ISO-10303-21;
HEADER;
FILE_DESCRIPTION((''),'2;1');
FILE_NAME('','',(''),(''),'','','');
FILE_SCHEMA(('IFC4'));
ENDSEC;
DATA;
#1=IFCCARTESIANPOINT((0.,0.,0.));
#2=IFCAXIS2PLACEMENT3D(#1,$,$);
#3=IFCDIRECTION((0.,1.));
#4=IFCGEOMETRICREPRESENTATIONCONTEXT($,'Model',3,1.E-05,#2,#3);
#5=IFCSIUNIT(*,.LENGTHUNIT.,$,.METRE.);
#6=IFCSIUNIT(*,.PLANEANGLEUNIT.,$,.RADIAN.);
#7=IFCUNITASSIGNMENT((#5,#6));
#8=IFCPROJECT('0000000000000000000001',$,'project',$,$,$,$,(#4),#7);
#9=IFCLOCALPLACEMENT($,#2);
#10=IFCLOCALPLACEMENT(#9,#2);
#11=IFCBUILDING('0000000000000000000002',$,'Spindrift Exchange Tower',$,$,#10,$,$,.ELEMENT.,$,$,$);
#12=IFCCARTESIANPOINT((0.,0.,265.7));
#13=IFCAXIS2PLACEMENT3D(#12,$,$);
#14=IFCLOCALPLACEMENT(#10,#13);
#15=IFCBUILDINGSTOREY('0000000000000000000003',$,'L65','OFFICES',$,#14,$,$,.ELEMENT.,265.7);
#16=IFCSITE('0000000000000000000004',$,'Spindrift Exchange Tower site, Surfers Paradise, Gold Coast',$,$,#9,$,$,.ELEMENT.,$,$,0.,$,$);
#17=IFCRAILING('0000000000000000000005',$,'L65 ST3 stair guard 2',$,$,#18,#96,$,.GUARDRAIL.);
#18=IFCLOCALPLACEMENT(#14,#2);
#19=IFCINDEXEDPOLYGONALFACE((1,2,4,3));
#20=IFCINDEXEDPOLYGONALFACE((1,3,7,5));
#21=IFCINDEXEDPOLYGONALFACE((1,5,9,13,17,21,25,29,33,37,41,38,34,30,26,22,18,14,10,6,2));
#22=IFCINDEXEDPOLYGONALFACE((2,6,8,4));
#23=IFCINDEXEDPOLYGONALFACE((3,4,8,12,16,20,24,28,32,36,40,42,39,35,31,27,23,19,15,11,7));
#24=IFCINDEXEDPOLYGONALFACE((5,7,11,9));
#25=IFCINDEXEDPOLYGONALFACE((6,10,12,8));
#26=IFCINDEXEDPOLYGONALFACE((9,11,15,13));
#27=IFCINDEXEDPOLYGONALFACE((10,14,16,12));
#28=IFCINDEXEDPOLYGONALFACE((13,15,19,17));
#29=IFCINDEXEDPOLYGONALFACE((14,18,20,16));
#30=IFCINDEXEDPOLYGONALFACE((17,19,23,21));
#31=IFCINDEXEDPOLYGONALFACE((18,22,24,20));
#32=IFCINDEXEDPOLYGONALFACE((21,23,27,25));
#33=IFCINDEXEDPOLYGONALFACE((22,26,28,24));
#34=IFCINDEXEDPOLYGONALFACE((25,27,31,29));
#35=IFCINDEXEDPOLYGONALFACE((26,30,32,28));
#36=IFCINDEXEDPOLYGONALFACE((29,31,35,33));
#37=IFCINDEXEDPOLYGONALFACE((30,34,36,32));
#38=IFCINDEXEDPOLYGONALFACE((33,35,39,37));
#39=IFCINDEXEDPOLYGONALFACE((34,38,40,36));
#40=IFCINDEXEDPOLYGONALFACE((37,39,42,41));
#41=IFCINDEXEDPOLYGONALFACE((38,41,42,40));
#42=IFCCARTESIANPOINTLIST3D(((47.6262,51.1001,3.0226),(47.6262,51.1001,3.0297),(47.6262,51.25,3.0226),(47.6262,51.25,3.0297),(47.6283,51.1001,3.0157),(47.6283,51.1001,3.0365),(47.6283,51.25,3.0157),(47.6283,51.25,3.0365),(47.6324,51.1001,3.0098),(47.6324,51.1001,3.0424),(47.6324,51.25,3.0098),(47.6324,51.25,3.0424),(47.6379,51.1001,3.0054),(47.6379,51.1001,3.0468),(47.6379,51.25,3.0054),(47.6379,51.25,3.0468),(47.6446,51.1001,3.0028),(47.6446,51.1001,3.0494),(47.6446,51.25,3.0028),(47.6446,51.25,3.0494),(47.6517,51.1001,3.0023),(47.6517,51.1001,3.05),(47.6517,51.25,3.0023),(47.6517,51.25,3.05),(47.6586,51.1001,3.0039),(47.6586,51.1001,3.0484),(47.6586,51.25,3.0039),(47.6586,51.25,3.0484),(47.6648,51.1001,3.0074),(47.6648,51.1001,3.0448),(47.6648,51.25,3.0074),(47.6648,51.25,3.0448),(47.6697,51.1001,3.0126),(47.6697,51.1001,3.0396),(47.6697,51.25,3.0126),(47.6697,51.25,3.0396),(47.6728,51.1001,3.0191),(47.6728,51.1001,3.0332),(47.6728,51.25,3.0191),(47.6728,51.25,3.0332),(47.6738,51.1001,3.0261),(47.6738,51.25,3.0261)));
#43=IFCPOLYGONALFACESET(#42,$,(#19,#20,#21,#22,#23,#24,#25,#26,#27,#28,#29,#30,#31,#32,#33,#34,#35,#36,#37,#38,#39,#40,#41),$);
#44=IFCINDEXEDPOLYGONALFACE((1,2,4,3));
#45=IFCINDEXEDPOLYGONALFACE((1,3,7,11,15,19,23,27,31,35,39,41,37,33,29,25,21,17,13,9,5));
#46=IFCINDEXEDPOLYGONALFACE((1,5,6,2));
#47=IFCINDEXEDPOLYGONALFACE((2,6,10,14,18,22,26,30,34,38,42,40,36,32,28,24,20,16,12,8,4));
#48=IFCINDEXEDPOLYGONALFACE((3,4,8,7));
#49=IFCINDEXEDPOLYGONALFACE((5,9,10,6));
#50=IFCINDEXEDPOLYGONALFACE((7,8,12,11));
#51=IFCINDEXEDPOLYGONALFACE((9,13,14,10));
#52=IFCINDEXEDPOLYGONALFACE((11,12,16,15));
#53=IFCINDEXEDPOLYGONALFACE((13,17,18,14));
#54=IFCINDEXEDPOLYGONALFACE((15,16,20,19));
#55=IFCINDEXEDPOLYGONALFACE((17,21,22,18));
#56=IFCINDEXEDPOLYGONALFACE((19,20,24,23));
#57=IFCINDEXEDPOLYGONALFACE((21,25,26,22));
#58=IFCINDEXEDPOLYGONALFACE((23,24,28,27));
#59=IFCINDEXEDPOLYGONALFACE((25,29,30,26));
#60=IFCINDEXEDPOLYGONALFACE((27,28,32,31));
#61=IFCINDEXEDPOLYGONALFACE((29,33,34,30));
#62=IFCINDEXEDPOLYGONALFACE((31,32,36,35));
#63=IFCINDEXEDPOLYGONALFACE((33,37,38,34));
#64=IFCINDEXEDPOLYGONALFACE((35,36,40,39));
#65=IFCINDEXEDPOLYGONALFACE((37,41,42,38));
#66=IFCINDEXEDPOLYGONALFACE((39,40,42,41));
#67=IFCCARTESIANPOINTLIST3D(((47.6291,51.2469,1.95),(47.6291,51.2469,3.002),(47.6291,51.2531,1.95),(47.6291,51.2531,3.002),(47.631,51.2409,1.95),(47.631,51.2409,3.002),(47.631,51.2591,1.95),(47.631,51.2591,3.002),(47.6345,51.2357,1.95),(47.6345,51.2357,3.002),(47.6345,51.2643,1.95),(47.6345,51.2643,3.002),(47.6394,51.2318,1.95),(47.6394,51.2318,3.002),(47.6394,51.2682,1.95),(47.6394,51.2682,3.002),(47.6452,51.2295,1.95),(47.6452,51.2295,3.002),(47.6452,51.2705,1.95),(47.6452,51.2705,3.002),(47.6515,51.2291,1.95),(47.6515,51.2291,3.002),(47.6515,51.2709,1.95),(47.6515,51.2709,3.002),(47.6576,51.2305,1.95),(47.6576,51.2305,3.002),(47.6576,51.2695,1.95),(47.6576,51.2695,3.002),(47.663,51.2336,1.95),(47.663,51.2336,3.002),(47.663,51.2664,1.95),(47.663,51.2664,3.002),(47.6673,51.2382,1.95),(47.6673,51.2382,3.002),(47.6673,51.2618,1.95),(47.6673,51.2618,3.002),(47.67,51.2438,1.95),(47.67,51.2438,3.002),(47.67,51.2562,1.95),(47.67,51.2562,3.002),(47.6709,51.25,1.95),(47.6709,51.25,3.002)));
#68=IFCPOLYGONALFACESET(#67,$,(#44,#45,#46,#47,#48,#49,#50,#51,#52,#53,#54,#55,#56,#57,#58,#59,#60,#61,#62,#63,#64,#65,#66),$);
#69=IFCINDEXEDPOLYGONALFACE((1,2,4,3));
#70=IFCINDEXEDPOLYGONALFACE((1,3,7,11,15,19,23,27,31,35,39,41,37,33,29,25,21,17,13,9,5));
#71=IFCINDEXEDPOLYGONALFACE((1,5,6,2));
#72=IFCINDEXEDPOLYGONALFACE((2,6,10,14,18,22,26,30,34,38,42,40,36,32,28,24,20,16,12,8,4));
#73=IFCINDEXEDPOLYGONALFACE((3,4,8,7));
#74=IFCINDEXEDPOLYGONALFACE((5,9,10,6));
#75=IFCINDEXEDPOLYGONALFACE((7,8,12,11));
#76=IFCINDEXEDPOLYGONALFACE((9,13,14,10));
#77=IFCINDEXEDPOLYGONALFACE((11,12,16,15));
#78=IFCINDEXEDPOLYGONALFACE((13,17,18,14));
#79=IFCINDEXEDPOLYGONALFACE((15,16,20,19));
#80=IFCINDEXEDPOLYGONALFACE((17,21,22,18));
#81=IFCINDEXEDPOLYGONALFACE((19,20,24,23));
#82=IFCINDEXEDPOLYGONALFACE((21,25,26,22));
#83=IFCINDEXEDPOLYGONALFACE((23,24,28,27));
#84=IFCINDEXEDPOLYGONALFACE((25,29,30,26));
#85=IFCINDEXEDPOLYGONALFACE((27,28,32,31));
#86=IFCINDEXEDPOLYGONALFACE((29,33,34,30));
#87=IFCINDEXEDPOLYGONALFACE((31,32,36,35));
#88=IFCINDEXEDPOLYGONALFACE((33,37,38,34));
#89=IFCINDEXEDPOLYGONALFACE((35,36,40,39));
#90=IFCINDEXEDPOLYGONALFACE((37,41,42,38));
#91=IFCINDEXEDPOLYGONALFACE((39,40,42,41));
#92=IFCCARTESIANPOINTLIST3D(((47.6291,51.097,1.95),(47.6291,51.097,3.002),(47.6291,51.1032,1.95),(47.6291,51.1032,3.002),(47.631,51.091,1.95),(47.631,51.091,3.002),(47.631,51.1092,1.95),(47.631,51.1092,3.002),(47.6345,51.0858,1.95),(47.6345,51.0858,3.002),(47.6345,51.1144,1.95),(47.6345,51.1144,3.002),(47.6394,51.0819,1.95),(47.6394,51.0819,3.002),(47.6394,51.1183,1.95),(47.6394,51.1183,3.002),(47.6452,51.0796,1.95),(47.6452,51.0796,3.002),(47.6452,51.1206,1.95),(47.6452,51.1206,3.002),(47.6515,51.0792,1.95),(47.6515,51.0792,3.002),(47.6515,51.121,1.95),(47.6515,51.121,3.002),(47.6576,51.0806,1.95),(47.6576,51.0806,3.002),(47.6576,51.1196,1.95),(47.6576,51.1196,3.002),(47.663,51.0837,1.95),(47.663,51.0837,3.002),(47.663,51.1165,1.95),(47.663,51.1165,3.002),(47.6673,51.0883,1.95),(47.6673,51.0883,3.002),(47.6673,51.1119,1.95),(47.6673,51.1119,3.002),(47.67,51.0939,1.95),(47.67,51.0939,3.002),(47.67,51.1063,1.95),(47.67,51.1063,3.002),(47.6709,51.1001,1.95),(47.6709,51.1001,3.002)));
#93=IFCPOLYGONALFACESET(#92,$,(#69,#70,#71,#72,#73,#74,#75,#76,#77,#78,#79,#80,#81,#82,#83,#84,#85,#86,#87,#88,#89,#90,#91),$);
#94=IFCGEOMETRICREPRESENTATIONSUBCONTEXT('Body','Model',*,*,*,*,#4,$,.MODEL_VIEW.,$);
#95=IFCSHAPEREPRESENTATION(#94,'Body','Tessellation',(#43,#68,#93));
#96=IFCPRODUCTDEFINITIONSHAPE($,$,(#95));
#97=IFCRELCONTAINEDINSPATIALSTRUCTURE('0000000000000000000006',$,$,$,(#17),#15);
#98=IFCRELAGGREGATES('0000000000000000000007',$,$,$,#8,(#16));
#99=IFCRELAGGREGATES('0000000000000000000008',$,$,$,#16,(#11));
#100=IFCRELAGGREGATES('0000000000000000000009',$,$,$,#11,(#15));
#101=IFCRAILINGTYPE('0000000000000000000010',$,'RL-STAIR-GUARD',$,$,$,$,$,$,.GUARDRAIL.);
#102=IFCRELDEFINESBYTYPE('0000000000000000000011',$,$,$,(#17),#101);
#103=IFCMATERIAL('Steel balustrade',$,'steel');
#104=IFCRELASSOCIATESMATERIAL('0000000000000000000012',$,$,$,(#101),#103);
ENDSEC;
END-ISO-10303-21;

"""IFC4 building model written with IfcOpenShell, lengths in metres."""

from ifc_helpers import new_model, si_unit, direction, frame, origin, origin_2d, place, context, subcontext, project, spatial, circle, extrude, material, type_object, element, save


model = new_model("IFC4")

# Units and contexts
model_context = context("Model", 3, precision=1e-05, world=origin(), true_north=direction((0.0, 1.0)))
body_context = subcontext(model_context, "Body", "Model", "MODEL_VIEW")
ifc_project = project(units=[si_unit("LENGTHUNIT", "METRE"), si_unit("PLANEANGLEUNIT", "RADIAN")], contexts=[model_context])

# Site, building, storey
site_placement = place(None, origin())
site = spatial("IfcSite", under=ifc_project, at=site_placement, Name="Spindrift Exchange Tower site, Surfers Paradise, Gold Coast", CompositionType="ELEMENT", RefElevation=0.0)
building_placement = place(site_placement, origin())
building = spatial("IfcBuilding", under=site, at=building_placement, Name="Spindrift Exchange Tower", CompositionType="ELEMENT")
storey_placement = place(building_placement, frame((0.0, 0.0, 265.7)))
storey = spatial("IfcBuildingStorey", under=building, at=storey_placement, Name="L65", Description="OFFICES", CompositionType="ELEMENT", Elevation=265.7)

# Railing
ifc_material_1 = material(Name="Steel balustrade", Category="steel")
railing_type_1 = type_object("IfcRailingType", Name="RL-STAIR-GUARD", PredefinedType="GUARDRAIL", material=ifc_material_1)
railing_1_placement = place(storey_placement, frame((47.6499, 51.25, 1.95)))
element("IfcRailing", 1, at=railing_1_placement, inside=storey, type_object=railing_type_1, Name="L65 ST3 stair guard 2", PredefinedType="GUARDRAIL", context=body_context, shape_type="SweptSolid", body=[
    extrude(circle(Radius=0.0239, at=origin_2d()), frame((0.0, 0.0, 1.0762), z_axis=(0.0, -1.0, 0.0), x_axis=(1.0, 0.0, 0.0)), (0.0, 0.0, 1.0), 0.1499),
    extrude(circle(Radius=0.021, at=origin_2d()), origin(), (0.0, 0.0, 1.0), 1.052),
    extrude(circle(Radius=0.021, at=origin_2d()), frame((0.0, -0.1499, 0.0)), (0.0, 0.0, 1.0), 1.052),
])

save(model, "model.ifc")
